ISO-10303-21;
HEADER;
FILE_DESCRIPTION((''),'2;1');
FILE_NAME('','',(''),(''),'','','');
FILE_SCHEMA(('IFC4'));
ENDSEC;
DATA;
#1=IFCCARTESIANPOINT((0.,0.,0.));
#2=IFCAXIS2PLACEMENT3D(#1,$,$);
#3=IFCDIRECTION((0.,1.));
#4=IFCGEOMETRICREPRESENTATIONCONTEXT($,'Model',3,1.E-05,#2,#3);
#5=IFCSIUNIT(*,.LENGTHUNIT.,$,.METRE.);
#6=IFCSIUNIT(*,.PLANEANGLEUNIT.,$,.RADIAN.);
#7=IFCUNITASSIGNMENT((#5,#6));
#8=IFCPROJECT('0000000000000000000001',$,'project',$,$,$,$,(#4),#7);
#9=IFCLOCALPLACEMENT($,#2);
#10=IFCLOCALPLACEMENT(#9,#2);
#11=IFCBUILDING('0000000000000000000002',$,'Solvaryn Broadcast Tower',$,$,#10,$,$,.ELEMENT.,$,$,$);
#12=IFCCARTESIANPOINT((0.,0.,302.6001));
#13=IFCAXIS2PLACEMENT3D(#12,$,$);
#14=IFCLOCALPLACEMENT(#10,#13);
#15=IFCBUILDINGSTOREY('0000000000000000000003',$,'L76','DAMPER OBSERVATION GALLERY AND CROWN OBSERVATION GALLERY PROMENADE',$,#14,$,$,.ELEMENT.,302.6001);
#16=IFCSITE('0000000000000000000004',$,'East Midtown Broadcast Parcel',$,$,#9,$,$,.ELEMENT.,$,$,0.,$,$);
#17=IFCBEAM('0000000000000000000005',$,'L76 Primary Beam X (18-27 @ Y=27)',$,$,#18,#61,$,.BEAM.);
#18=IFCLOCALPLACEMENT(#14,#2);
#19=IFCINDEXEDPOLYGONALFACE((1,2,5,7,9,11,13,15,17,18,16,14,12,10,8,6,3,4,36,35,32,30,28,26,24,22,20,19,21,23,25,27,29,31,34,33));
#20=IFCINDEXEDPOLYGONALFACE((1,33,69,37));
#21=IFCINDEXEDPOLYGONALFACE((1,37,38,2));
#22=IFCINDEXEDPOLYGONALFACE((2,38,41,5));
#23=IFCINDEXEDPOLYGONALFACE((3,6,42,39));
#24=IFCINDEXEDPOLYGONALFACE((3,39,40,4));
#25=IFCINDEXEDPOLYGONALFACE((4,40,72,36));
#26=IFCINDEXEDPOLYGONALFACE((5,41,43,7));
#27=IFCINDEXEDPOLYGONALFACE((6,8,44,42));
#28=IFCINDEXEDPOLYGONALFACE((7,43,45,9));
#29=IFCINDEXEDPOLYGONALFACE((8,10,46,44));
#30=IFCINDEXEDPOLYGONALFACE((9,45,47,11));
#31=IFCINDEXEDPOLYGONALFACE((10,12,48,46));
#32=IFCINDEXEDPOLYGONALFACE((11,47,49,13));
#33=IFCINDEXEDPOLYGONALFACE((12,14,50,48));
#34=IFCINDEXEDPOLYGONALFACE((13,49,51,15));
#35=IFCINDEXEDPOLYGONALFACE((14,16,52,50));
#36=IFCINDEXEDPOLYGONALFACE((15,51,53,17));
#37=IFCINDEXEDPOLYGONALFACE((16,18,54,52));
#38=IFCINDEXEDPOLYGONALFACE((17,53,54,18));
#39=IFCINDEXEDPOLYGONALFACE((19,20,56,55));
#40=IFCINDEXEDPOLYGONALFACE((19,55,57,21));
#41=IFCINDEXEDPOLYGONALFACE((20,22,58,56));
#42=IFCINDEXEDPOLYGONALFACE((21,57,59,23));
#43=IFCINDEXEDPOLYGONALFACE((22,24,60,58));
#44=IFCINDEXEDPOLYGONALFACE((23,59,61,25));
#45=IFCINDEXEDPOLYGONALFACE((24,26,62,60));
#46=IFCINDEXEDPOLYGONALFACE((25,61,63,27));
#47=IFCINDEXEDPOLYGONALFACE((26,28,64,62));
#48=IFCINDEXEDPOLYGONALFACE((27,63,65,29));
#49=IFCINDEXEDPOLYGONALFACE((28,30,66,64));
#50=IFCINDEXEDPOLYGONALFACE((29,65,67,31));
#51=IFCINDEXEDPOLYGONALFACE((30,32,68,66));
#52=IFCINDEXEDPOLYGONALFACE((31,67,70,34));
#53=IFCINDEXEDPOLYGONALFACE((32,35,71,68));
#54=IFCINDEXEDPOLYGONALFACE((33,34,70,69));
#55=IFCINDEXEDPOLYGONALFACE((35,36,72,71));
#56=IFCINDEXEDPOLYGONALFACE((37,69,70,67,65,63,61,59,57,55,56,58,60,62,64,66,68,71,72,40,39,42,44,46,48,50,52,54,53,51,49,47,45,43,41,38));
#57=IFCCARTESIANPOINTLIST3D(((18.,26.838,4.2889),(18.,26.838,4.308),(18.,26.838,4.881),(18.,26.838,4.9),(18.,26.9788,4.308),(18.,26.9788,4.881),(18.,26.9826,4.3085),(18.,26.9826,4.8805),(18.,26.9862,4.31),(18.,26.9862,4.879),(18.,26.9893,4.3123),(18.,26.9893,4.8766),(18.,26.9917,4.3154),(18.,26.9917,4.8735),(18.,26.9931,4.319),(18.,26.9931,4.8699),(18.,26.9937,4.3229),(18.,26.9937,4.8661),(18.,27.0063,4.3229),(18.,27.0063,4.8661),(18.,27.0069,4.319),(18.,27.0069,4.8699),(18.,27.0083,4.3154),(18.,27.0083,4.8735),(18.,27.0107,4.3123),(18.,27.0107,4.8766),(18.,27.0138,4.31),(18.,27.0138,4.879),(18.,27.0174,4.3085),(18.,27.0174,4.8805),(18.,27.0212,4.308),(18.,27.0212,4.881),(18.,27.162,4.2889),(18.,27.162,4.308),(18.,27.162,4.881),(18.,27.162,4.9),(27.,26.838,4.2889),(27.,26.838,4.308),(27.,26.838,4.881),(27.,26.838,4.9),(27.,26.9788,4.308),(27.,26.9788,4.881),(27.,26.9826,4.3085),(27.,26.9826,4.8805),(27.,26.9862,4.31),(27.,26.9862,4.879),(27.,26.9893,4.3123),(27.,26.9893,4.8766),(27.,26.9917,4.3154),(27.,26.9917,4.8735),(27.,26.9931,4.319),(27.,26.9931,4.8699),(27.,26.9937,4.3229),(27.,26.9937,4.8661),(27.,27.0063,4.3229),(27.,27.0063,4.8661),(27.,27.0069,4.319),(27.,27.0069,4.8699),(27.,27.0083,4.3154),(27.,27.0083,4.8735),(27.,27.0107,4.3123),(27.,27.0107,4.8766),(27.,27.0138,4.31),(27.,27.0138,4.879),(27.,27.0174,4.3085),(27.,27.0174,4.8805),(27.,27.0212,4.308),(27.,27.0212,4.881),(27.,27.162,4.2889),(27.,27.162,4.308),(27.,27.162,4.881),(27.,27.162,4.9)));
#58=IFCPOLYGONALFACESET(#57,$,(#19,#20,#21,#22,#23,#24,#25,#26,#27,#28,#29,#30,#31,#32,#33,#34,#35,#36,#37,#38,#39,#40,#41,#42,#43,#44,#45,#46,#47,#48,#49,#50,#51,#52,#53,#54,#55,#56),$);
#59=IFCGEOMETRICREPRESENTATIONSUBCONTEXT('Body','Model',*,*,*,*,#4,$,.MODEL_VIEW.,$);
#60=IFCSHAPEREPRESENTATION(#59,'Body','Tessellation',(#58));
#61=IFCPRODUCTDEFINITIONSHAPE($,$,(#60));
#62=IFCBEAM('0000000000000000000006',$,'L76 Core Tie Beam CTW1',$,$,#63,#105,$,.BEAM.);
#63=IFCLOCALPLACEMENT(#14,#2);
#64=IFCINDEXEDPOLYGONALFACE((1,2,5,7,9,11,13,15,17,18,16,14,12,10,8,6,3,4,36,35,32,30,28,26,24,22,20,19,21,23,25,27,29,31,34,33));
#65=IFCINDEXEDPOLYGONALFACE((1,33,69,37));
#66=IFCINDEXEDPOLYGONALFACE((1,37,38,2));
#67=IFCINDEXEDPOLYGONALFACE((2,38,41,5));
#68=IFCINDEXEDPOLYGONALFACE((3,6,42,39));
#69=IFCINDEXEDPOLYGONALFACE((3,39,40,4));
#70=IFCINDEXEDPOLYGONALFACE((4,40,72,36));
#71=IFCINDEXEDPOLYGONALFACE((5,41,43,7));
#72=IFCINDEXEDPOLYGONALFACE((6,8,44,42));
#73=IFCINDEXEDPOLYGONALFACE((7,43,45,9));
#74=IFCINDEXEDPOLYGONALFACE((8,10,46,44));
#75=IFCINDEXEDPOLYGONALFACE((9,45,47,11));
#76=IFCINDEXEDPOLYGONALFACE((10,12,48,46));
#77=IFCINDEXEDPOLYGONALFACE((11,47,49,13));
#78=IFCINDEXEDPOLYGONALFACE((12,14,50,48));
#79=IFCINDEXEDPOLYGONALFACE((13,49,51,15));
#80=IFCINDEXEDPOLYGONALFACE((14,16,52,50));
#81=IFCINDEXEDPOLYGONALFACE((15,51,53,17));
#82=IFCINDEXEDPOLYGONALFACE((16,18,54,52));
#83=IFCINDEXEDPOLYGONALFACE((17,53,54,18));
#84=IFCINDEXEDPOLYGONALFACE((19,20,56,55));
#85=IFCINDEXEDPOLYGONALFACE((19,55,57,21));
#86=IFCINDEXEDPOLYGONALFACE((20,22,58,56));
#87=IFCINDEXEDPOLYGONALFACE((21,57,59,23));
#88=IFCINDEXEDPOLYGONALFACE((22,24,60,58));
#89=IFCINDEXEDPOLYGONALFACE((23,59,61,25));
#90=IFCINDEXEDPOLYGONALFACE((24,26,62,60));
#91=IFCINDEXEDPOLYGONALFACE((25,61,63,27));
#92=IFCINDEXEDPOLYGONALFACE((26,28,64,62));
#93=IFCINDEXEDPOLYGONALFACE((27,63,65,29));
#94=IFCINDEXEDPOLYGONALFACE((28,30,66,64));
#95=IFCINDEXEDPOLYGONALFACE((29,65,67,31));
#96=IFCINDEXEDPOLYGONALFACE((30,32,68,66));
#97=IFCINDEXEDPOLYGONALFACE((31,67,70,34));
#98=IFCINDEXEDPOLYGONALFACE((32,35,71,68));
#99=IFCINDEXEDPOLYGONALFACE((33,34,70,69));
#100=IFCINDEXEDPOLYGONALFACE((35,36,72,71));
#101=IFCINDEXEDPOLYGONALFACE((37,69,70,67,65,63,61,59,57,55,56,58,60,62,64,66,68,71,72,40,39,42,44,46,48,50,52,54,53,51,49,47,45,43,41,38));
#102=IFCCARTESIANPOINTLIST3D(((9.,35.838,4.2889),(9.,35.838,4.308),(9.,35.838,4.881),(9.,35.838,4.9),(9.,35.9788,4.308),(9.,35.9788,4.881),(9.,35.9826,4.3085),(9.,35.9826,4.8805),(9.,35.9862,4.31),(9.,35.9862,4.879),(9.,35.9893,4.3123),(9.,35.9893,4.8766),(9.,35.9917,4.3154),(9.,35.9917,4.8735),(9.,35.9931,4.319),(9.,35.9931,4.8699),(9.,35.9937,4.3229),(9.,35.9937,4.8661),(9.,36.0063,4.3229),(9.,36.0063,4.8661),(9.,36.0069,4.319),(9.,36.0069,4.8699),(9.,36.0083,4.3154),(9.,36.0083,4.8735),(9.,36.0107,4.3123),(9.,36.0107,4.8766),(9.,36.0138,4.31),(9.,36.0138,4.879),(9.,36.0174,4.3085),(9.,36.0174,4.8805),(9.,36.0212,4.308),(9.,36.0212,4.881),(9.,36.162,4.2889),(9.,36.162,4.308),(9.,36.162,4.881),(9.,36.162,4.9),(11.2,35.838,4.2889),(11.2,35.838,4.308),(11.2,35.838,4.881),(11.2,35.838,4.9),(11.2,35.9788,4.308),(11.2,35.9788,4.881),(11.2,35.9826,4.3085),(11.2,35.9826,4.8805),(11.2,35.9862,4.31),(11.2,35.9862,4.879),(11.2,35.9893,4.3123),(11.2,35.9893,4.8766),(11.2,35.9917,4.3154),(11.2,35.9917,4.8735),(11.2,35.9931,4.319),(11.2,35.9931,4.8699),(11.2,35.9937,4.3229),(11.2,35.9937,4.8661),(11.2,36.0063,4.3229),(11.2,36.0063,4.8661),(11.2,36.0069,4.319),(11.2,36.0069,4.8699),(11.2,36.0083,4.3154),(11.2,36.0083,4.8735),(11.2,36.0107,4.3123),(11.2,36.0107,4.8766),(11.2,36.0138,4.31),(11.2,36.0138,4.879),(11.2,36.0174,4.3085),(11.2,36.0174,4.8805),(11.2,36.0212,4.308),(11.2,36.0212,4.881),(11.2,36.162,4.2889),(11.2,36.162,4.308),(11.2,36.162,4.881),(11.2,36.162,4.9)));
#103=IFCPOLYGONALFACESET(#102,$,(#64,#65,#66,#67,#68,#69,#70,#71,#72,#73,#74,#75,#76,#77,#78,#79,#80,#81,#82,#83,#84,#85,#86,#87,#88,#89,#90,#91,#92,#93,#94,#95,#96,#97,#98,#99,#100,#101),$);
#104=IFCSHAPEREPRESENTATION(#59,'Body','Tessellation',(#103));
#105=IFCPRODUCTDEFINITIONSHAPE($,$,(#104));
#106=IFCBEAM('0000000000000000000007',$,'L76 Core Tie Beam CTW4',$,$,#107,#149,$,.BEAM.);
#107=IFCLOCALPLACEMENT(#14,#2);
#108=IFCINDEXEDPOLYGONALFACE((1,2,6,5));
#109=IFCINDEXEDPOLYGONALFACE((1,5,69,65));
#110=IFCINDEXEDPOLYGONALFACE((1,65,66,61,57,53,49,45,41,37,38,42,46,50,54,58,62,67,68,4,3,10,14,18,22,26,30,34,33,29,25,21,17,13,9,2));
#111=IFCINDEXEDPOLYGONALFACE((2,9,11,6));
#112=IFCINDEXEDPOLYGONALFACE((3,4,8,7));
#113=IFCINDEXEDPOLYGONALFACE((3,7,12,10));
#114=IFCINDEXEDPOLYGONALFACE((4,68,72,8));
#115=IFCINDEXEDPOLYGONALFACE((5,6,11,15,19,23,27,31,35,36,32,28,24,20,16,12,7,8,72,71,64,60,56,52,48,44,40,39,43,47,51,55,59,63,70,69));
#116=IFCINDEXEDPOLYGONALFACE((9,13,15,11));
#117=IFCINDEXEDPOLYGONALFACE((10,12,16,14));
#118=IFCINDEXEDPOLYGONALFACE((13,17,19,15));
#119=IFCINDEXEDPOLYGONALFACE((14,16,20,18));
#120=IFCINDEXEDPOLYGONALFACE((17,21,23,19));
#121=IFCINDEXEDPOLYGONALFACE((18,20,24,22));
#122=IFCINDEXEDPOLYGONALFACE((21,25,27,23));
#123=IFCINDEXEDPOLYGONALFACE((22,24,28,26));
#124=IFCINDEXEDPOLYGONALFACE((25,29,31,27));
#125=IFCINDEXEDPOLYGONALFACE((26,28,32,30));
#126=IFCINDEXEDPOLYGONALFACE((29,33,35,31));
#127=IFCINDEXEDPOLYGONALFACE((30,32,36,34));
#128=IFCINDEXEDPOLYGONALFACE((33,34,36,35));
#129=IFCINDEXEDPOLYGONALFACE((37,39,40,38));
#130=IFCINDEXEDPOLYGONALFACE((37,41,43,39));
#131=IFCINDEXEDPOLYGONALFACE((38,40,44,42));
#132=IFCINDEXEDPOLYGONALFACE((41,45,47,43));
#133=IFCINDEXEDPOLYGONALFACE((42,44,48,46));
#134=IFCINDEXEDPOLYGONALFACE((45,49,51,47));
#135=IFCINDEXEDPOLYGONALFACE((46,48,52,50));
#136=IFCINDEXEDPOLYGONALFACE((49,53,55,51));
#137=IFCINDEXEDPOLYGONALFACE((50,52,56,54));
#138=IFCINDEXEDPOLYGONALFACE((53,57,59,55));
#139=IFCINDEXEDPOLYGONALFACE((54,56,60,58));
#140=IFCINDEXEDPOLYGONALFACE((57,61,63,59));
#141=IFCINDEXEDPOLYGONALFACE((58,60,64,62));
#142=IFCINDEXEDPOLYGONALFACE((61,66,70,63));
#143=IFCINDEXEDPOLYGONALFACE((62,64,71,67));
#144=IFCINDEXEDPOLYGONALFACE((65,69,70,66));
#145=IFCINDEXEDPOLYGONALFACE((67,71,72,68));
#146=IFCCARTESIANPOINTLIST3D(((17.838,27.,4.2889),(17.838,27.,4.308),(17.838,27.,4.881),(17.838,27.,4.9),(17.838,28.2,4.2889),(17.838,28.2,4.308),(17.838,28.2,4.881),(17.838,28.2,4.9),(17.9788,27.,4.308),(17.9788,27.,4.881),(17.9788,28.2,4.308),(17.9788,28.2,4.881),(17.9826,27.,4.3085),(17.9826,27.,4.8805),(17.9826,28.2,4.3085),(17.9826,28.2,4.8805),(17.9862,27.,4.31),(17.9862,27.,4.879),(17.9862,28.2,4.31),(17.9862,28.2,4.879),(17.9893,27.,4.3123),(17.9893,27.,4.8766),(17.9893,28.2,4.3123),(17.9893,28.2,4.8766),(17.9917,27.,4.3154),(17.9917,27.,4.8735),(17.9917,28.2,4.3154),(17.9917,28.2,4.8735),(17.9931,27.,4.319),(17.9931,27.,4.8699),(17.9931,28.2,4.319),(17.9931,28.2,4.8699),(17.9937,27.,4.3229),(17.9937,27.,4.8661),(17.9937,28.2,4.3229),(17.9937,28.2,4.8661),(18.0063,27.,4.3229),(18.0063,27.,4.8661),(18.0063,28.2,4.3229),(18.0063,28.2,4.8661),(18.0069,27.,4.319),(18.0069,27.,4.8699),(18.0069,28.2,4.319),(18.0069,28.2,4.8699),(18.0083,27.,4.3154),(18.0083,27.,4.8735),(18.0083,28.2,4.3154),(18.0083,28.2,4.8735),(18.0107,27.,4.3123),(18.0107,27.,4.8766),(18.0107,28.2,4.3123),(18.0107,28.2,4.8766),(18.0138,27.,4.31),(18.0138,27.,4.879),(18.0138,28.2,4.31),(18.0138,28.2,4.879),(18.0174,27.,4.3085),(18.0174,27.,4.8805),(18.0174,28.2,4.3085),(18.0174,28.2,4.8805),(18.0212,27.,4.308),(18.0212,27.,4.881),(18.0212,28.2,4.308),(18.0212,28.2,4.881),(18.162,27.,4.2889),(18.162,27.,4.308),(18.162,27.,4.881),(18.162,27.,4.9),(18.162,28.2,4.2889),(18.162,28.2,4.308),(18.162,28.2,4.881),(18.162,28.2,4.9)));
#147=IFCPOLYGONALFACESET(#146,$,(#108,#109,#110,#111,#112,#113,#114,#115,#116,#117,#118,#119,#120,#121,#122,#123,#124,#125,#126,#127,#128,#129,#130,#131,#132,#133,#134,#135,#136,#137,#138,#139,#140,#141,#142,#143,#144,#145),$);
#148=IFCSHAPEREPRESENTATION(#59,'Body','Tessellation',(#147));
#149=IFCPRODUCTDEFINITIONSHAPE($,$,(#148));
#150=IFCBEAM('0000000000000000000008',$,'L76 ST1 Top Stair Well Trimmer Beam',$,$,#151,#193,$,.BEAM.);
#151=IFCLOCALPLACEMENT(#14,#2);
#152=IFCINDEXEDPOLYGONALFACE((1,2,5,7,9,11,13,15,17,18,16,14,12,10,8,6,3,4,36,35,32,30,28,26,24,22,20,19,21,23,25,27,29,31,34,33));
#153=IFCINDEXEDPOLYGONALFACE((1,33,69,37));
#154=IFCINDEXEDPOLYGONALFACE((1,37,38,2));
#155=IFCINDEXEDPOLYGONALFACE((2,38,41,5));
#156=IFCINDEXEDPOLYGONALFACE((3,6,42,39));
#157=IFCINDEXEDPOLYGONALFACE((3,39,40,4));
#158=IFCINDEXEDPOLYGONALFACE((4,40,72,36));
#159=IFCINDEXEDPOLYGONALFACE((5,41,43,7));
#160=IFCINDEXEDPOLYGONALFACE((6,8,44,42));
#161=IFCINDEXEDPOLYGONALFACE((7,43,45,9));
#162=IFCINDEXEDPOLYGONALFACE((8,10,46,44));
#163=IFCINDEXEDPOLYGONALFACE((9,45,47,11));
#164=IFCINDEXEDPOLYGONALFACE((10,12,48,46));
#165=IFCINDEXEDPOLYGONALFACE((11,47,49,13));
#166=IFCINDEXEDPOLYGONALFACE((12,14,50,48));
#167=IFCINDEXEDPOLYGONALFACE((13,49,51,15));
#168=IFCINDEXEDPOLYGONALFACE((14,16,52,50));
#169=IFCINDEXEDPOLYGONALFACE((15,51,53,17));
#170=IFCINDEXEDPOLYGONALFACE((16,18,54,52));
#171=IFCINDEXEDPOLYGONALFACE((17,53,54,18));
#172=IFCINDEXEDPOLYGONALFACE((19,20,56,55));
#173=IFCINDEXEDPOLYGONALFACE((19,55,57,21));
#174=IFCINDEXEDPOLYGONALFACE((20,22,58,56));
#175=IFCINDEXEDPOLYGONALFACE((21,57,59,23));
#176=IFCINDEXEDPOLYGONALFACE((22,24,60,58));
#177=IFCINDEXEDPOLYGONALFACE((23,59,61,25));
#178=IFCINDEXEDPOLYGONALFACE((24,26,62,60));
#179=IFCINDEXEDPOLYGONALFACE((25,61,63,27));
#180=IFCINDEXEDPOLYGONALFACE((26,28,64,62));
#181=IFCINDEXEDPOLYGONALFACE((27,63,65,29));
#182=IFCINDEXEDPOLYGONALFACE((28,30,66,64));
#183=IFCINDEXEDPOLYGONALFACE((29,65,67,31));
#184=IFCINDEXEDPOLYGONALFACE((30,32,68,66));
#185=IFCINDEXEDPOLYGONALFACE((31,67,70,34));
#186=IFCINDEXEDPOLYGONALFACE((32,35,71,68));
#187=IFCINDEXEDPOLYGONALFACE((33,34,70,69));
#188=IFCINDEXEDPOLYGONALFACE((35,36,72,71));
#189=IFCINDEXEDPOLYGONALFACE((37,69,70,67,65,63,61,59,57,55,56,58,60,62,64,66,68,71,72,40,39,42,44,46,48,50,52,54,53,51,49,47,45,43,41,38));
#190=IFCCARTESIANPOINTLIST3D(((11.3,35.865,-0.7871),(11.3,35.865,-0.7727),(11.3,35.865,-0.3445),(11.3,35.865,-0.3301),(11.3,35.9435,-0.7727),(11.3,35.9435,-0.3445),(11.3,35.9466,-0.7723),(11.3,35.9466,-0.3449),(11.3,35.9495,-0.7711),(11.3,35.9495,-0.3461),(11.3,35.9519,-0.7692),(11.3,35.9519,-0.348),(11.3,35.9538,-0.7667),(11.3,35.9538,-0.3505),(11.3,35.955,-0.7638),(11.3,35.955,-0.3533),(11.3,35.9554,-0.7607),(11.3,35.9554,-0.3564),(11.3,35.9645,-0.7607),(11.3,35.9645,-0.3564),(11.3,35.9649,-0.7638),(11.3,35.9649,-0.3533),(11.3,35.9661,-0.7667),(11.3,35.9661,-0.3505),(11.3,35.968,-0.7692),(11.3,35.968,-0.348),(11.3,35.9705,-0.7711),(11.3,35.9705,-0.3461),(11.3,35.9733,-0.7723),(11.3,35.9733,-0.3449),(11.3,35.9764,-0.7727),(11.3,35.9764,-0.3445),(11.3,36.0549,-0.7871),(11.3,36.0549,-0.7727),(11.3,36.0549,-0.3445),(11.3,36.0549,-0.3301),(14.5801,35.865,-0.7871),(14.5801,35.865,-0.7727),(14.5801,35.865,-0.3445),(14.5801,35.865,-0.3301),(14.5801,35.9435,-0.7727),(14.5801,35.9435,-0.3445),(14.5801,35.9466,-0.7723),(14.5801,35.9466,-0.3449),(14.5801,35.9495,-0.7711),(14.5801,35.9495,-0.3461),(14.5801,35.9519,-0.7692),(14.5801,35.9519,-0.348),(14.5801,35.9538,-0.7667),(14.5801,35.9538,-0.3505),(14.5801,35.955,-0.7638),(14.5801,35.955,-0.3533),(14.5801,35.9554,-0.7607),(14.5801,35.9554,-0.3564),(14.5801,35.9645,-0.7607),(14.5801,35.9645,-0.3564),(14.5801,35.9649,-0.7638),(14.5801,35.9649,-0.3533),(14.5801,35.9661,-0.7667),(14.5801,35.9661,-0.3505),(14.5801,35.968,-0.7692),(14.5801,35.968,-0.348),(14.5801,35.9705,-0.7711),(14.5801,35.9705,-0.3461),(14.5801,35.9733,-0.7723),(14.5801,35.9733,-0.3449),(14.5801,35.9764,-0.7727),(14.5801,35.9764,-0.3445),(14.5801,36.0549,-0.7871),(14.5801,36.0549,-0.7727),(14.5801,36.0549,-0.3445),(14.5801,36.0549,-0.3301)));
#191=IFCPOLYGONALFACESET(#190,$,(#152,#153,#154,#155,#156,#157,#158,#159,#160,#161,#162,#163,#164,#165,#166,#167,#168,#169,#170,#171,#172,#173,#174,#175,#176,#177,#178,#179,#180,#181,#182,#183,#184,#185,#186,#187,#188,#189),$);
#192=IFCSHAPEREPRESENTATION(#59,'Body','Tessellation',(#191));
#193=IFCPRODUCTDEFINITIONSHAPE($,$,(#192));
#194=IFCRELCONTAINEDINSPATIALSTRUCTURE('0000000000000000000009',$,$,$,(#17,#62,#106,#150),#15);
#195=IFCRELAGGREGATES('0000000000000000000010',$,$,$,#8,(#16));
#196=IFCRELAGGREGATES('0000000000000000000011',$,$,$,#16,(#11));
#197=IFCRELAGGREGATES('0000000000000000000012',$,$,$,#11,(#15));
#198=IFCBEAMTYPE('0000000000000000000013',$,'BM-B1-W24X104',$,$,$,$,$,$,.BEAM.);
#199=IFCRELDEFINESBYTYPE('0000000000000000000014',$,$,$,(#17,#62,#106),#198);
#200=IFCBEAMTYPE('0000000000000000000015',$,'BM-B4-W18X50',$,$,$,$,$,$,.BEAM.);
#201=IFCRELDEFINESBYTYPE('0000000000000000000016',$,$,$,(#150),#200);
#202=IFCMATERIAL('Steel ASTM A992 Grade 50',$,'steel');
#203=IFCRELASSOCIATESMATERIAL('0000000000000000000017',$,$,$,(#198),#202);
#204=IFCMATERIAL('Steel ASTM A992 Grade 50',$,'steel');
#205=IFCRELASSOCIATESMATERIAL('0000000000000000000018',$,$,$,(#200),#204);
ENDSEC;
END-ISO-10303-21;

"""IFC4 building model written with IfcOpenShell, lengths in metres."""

from ifc_helpers import new_model, si_unit, direction, frame, origin, origin_2d, place, context, subcontext, project, spatial, i_section, extrude, material, material_profile, profile_set, type_object, element, save


model = new_model("IFC4")

# Units and contexts
model_context = context("Model", 3, precision=1e-05, world=origin(), true_north=direction((0.0, 1.0)))
body_context = subcontext(model_context, "Body", "Model", "MODEL_VIEW")
ifc_project = project(units=[si_unit("LENGTHUNIT", "METRE"), si_unit("PLANEANGLEUNIT", "RADIAN")], contexts=[model_context])

# Site, building, storey
site_placement = place(None, origin())
site = spatial("IfcSite", under=ifc_project, at=site_placement, Name="East Midtown Broadcast Parcel", CompositionType="ELEMENT", RefElevation=0.0)
building_placement = place(site_placement, origin())
building = spatial("IfcBuilding", under=site, at=building_placement, Name="Solvaryn Broadcast Tower", CompositionType="ELEMENT")
storey_placement = place(building_placement, frame((0.0, 0.0, 302.6001)))
storey = spatial("IfcBuildingStorey", under=building, at=storey_placement, Name="L76", Description="DAMPER OBSERVATION GALLERY AND CROWN OBSERVATION GALLERY PROMENADE", CompositionType="ELEMENT", Elevation=302.6001)

# Beams
ifc_material_1 = material(Name="Steel ASTM A992 Grade 50", Category="steel")
ifc_material_profile_1 = material_profile(ifc_material_1, i_section(OverallWidth=0.324, OverallDepth=0.6111, WebThickness=0.0127, FlangeThickness=0.019, FilletRadius=0.0149, at=origin_2d()))
ifc_profile_set_1 = profile_set([ifc_material_profile_1], Name="Steel ASTM A992 Grade 50")
beam_type_1 = type_object("IfcBeamType", Name="BM-B1-W24X104", PredefinedType="BEAM", material=ifc_profile_set_1)
for number, where, z_axis, x_axis, name in (
    (1, (18.0, 27.0, 4.5945), (1.0, 0.0, 0.0), (0.0, 1.0, 0.0), "L76 Primary Beam X (18-27 @ Y=27)"),
):
    element("IfcBeam", number, at=place(storey_placement, frame(where, z_axis=z_axis, x_axis=x_axis)), inside=storey, type_object=beam_type_1, Name=name, PredefinedType="BEAM", context=body_context, shape_type="SweptSolid", body=[
        extrude(i_section(OverallWidth=0.324, OverallDepth=0.6111, WebThickness=0.0127, FlangeThickness=0.019, FilletRadius=0.0149, at=origin_2d()), origin(), (0.0, 0.0, 1.0), 9.0),
    ])
beam_1_placement = place(storey_placement, frame((9.0, 36.0, 4.5945), z_axis=(1.0, 0.0, 0.0), x_axis=(0.0, 1.0, 0.0)))
element("IfcBeam", 2, at=beam_1_placement, inside=storey, type_object=beam_type_1, Name="L76 Core Tie Beam CTW1", PredefinedType="BEAM", context=body_context, shape_type="SweptSolid", body=[
    extrude(i_section(OverallWidth=0.324, OverallDepth=0.6111, WebThickness=0.0127, FlangeThickness=0.019, FilletRadius=0.0149, at=origin_2d()), origin(), (0.0, 0.0, 1.0), 2.2),
])
beam_2_placement = place(storey_placement, frame((18.0, 27.0, 4.5945), z_axis=(0.0, 1.0, 0.0), x_axis=(-1.0, 0.0, 0.0)))
element("IfcBeam", 3, at=beam_2_placement, inside=storey, type_object=beam_type_1, Name="L76 Core Tie Beam CTW4", PredefinedType="BEAM", context=body_context, shape_type="SweptSolid", body=[
    extrude(i_section(OverallWidth=0.324, OverallDepth=0.6111, WebThickness=0.0127, FlangeThickness=0.019, FilletRadius=0.0149, at=origin_2d()), origin(), (0.0, 0.0, 1.0), 1.2),
])
ifc_material_2 = material(Name="Steel ASTM A992 Grade 50", Category="steel")
ifc_material_profile_2 = material_profile(ifc_material_2, i_section(OverallWidth=0.1899, OverallDepth=0.457, WebThickness=0.009, FlangeThickness=0.0144, FilletRadius=0.012, at=origin_2d()))
ifc_profile_set_2 = profile_set([ifc_material_profile_2], Name="Steel ASTM A992 Grade 50")
beam_type_2 = type_object("IfcBeamType", Name="BM-B4-W18X50", PredefinedType="BEAM", material=ifc_profile_set_2)
beam_3_placement = place(storey_placement, frame((11.3, 35.96, -0.5586), z_axis=(1.0, 0.0, 0.0), x_axis=(0.0, 1.0, 0.0)))
element("IfcBeam", 4, at=beam_3_placement, inside=storey, type_object=beam_type_2, Name="L76 ST1 Top Stair Well Trimmer Beam", PredefinedType="BEAM", context=body_context, shape_type="SweptSolid", body=[
    extrude(i_section(OverallWidth=0.1899, OverallDepth=0.457, WebThickness=0.009, FlangeThickness=0.0144, FilletRadius=0.012, at=origin_2d()), origin(), (0.0, 0.0, 1.0), 3.28),
])

save(model, "model.ifc")
